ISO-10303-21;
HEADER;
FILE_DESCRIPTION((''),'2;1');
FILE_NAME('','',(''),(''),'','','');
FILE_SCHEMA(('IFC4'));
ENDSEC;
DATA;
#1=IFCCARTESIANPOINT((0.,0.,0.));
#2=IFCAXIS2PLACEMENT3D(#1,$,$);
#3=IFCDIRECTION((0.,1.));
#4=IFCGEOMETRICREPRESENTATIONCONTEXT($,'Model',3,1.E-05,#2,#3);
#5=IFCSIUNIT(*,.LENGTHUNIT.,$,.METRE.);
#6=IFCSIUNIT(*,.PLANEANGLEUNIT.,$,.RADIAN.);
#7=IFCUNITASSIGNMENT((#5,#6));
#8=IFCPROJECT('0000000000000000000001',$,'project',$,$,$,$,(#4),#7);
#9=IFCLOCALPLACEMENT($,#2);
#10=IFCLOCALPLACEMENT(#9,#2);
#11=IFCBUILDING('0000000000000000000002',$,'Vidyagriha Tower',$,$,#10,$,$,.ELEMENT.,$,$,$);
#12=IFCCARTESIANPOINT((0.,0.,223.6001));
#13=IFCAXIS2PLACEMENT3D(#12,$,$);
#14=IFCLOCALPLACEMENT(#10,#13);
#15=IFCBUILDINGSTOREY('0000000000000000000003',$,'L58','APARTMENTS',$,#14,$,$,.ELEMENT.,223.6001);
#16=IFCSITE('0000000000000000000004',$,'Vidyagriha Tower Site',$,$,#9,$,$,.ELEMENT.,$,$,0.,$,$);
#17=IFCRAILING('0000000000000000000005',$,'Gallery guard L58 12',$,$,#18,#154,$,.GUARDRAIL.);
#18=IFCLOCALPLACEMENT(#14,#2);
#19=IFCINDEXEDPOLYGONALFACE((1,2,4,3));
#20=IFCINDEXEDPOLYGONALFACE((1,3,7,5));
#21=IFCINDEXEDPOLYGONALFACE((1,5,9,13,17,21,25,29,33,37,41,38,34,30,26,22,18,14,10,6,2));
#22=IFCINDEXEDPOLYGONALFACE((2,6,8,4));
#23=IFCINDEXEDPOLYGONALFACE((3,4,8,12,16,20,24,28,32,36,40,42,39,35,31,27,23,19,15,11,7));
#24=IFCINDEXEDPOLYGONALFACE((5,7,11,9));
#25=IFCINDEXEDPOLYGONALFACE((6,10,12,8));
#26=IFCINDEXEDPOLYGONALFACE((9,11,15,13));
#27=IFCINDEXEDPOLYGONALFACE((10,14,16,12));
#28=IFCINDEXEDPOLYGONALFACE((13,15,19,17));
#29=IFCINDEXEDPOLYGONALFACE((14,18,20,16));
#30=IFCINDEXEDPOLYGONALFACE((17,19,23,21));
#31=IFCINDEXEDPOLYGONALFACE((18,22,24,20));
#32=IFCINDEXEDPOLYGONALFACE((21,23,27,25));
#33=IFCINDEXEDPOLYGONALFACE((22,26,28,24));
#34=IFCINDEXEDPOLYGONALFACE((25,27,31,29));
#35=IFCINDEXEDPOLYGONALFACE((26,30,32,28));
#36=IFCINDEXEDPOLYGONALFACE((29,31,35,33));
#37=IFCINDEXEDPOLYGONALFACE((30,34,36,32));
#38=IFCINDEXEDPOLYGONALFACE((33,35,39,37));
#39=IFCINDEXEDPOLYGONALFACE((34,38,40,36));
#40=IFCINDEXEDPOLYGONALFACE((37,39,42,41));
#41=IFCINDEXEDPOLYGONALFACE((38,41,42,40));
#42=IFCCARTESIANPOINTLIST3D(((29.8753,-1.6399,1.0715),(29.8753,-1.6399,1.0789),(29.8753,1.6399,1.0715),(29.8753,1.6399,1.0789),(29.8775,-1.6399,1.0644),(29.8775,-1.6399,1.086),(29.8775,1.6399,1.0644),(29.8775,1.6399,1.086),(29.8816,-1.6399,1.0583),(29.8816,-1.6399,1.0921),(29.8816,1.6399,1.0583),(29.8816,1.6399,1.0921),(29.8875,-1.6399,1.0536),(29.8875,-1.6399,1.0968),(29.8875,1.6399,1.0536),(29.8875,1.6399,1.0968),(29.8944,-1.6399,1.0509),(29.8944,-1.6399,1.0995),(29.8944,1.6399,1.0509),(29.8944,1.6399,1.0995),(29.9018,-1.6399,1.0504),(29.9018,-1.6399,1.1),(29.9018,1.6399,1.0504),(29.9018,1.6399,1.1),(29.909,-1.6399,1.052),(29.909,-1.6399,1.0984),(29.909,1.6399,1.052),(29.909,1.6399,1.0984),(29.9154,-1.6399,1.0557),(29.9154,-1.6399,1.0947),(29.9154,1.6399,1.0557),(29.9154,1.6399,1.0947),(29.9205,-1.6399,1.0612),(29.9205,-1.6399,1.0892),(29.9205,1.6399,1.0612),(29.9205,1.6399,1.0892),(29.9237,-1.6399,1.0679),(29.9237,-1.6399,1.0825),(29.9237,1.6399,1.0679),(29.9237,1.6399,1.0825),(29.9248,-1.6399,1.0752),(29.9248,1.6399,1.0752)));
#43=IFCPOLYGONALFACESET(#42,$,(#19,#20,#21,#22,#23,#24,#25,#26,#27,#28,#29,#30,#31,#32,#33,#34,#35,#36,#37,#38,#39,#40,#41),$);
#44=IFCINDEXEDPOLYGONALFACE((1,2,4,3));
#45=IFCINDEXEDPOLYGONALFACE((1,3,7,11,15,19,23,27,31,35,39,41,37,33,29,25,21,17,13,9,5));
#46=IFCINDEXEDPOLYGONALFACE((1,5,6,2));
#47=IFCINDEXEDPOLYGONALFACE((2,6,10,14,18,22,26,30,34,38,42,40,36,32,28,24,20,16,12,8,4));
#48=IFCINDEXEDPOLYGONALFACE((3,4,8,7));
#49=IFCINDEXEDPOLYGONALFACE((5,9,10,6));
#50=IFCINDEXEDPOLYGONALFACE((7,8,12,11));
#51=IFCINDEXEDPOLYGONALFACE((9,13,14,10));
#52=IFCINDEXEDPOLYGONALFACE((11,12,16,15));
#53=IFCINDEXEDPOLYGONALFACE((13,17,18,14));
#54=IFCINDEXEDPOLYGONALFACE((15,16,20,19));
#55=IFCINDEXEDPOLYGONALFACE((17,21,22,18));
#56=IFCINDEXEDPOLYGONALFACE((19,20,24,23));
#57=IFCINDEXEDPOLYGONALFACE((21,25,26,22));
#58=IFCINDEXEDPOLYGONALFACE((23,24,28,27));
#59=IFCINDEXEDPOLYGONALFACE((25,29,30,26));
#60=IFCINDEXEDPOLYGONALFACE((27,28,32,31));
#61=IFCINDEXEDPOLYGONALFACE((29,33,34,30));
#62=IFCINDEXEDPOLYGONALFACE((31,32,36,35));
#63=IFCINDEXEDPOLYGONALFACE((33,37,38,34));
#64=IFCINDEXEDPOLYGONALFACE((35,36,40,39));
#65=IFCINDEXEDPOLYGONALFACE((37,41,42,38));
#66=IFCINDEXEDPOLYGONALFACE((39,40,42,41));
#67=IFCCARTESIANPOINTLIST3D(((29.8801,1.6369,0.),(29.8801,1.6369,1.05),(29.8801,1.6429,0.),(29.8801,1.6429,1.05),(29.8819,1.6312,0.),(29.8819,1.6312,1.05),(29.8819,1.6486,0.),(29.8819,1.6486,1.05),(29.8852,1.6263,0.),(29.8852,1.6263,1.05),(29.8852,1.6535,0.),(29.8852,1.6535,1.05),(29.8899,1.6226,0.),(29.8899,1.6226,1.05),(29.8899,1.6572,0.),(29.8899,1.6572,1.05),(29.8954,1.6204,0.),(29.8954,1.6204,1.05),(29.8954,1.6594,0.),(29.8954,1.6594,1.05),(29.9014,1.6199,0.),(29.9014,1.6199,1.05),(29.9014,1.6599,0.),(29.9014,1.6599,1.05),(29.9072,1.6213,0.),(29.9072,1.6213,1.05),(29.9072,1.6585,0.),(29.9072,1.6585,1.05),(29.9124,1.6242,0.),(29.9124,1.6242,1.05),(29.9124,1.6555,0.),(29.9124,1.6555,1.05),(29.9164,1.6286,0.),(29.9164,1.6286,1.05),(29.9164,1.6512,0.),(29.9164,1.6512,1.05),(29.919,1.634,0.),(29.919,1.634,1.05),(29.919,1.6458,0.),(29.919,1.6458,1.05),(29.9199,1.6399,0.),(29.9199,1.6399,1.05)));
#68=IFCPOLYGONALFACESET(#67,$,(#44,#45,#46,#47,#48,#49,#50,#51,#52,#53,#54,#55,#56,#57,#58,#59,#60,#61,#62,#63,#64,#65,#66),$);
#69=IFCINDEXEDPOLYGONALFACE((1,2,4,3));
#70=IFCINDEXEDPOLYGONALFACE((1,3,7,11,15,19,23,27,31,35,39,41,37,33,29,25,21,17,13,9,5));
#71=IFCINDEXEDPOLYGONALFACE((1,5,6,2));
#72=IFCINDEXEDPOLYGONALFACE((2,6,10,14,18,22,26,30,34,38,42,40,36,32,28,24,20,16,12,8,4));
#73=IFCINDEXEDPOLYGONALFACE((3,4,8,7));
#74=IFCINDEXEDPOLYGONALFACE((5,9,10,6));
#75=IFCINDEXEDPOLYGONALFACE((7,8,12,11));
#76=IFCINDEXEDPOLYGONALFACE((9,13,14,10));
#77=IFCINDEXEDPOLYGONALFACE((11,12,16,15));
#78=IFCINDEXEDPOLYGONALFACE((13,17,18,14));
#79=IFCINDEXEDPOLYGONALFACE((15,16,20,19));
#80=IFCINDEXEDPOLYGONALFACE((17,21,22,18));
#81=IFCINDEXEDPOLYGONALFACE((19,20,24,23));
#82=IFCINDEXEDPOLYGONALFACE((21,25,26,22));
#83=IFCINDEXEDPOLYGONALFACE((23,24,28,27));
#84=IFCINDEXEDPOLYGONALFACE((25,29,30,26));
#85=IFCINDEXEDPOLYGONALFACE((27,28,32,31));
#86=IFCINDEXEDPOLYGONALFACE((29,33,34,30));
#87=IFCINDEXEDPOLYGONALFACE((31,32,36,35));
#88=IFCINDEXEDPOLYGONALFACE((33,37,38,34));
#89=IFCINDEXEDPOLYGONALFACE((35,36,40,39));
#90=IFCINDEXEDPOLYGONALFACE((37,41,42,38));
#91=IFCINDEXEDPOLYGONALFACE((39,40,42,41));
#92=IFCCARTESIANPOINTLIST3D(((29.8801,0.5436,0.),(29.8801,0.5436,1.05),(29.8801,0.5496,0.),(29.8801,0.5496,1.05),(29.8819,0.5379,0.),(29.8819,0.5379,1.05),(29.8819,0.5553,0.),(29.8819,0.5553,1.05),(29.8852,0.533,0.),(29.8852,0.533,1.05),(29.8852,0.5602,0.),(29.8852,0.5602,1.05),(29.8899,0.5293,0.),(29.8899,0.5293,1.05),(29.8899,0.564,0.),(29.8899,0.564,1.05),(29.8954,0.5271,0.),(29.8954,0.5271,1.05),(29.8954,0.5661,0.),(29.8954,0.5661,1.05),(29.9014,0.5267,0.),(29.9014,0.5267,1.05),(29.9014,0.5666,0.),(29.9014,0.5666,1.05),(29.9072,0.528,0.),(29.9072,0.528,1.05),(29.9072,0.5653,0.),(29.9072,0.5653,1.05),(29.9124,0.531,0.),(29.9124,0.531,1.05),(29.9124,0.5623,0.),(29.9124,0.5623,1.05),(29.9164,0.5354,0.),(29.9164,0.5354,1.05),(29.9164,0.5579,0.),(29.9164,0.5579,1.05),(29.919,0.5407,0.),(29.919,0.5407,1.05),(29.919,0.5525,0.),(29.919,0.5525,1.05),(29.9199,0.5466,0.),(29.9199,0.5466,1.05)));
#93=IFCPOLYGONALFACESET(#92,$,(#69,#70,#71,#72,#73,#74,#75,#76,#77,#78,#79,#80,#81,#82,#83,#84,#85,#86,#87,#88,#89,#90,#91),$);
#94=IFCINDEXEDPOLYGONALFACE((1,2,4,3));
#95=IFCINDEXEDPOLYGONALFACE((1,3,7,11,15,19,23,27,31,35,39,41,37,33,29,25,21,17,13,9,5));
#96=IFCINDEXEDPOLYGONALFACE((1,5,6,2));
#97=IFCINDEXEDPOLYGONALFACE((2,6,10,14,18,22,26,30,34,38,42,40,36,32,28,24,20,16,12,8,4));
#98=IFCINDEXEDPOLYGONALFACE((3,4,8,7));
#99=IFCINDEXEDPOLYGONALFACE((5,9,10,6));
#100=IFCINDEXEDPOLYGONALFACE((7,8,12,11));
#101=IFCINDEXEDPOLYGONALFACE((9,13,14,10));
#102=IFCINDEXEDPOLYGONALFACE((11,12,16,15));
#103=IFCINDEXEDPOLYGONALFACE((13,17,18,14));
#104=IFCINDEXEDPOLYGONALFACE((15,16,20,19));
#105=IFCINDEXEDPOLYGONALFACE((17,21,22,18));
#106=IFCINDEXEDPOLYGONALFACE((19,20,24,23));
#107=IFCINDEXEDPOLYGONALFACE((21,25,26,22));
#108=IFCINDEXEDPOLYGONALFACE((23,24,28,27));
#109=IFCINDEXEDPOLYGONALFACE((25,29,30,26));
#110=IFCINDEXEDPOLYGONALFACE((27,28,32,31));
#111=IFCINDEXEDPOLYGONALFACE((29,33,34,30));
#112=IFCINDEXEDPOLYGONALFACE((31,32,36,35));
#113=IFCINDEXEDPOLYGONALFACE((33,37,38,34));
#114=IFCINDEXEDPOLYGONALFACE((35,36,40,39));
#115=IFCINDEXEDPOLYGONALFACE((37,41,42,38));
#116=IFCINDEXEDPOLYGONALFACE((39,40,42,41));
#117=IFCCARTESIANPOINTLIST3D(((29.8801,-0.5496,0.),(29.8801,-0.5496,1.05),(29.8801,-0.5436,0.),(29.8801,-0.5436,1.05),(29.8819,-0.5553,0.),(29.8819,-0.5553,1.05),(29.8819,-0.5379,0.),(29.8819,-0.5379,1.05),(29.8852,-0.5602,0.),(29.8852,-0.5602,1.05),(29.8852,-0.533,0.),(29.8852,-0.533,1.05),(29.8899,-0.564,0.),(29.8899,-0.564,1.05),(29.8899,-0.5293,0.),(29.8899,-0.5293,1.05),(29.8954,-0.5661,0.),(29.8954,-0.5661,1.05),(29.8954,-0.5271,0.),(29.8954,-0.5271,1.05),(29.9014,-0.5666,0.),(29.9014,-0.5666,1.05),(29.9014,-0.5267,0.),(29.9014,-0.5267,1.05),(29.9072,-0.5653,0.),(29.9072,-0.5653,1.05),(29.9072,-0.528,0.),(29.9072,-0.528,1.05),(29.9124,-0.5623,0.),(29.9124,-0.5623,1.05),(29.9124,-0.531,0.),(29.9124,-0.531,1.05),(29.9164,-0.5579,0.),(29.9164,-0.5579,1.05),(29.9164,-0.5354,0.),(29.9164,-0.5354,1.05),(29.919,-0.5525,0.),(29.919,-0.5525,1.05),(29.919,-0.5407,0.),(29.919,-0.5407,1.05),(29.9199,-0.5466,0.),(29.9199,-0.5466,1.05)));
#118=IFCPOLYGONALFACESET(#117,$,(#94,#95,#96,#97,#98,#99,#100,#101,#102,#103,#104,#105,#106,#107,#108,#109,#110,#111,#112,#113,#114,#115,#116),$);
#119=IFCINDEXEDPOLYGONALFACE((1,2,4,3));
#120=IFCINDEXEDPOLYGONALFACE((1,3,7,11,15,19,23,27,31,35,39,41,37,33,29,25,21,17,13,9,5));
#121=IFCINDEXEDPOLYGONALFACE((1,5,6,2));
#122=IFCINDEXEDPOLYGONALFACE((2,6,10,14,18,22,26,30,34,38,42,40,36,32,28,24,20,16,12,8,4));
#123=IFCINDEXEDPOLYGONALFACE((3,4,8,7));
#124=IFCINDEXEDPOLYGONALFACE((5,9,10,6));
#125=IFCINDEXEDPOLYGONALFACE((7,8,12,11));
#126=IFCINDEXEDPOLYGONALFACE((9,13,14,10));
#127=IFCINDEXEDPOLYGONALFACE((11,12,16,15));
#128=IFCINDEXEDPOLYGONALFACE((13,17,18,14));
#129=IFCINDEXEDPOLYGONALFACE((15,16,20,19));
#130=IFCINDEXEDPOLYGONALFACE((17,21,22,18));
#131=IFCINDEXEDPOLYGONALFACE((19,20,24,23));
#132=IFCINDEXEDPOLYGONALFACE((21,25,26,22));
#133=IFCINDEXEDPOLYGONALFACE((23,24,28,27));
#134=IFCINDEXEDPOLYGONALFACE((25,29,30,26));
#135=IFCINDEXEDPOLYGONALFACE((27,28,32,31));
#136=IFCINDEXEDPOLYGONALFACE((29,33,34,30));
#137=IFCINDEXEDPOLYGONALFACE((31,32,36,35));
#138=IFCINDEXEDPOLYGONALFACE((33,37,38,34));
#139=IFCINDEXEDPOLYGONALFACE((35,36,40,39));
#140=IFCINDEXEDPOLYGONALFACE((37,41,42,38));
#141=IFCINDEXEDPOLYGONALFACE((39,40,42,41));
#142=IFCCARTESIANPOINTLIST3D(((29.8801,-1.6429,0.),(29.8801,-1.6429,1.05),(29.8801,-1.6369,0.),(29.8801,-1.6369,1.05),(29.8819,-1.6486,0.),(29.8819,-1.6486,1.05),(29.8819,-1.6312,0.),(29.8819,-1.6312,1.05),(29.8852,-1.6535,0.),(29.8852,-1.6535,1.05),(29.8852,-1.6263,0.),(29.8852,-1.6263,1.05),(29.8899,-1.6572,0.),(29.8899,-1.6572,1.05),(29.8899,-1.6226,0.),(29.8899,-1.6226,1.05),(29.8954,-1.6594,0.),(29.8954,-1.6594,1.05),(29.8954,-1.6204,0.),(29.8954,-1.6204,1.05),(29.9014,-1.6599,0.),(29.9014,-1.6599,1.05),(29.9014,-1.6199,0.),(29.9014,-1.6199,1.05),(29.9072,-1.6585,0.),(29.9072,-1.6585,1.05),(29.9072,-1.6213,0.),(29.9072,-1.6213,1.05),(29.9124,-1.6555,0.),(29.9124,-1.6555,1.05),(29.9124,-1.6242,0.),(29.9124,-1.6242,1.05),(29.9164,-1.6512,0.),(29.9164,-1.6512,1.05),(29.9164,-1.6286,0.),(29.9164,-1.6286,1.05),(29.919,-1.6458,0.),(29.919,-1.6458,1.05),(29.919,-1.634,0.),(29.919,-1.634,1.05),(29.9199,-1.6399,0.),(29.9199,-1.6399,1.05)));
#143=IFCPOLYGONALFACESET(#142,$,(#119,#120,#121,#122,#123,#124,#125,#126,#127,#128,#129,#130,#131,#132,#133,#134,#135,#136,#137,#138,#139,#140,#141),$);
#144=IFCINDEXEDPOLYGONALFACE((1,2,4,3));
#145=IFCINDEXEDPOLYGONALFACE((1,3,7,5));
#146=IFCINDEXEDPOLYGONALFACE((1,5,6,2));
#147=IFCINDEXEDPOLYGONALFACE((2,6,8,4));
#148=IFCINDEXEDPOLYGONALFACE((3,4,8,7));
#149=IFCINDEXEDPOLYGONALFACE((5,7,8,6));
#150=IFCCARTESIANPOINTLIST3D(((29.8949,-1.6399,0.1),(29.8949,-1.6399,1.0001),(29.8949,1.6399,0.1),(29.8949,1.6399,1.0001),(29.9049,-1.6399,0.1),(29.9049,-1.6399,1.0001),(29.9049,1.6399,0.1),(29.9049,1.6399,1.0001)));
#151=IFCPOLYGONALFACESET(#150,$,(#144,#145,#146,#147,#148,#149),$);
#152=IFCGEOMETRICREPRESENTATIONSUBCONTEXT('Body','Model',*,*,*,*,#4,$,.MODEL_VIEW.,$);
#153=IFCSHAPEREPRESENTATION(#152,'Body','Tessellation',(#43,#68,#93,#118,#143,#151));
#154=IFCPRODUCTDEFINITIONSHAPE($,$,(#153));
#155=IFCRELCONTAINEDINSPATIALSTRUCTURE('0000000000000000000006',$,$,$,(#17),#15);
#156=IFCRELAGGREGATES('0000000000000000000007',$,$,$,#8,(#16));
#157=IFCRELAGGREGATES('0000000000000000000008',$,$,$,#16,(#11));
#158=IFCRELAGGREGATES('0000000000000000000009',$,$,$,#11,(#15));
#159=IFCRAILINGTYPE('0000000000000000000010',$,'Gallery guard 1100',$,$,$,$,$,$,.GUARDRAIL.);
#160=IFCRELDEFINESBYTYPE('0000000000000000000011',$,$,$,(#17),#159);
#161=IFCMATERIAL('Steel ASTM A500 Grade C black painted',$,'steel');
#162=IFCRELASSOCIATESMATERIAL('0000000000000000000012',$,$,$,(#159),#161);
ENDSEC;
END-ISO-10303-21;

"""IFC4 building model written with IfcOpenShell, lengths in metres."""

from ifc_helpers import new_model, si_unit, direction, frame, origin, origin_2d, place, context, subcontext, project, spatial, rectangle, circle, extrude, material, type_object, element, save


model = new_model("IFC4")

# Units and contexts
model_context = context("Model", 3, precision=1e-05, world=origin(), true_north=direction((0.0, 1.0)))
body_context = subcontext(model_context, "Body", "Model", "MODEL_VIEW")
ifc_project = project(units=[si_unit("LENGTHUNIT", "METRE"), si_unit("PLANEANGLEUNIT", "RADIAN")], contexts=[model_context])

# Site, building, storey
site_placement = place(None, origin())
site = spatial("IfcSite", under=ifc_project, at=site_placement, Name="Vidyagriha Tower Site", CompositionType="ELEMENT", RefElevation=0.0)
building_placement = place(site_placement, origin())
building = spatial("IfcBuilding", under=site, at=building_placement, Name="Vidyagriha Tower", CompositionType="ELEMENT")
storey_placement = place(building_placement, frame((0.0, 0.0, 223.6001)))
storey = spatial("IfcBuildingStorey", under=building, at=storey_placement, Name="L58", Description="APARTMENTS", CompositionType="ELEMENT", Elevation=223.6001)

# Railing
ifc_material_1 = material(Name="Steel ASTM A500 Grade C black painted", Category="steel")
railing_type_1 = type_object("IfcRailingType", Name="Gallery guard 1100", PredefinedType="GUARDRAIL", material=ifc_material_1)
railing_1_placement = place(storey_placement, frame((29.8999, 1.6399, 0.0)))
element("IfcRailing", 1, at=railing_1_placement, inside=storey, type_object=railing_type_1, Name="Gallery guard L58 12", PredefinedType="GUARDRAIL", context=body_context, shape_type="SweptSolid", body=[
    extrude(circle(Radius=0.0249, at=origin_2d()), frame((0.0, 0.0, 1.0752), z_axis=(0.0, -1.0, 0.0), x_axis=(1.0, 0.0, 0.0)), (0.0, 0.0, 1.0), 3.2798),
    extrude(circle(Radius=0.02, at=origin_2d()), origin(), (0.0, 0.0, 1.0), 1.05),
    extrude(circle(Radius=0.02, at=origin_2d()), frame((0.0, -1.0933, 0.0)), (0.0, 0.0, 1.0), 1.05),
    extrude(circle(Radius=0.02, at=origin_2d()), frame((0.0, -2.1865, 0.0)), (0.0, 0.0, 1.0), 1.05),
    extrude(circle(Radius=0.02, at=origin_2d()), frame((0.0, -3.2798, 0.0)), (0.0, 0.0, 1.0), 1.05),
    extrude(rectangle(XDim=0.01, YDim=0.9001, at=origin_2d()), frame((0.0, 0.0, 0.55), z_axis=(0.0, -1.0, 0.0), x_axis=(1.0, 0.0, 0.0)), (0.0, 0.0, 1.0), 3.2798),
])

save(model, "model.ifc")
